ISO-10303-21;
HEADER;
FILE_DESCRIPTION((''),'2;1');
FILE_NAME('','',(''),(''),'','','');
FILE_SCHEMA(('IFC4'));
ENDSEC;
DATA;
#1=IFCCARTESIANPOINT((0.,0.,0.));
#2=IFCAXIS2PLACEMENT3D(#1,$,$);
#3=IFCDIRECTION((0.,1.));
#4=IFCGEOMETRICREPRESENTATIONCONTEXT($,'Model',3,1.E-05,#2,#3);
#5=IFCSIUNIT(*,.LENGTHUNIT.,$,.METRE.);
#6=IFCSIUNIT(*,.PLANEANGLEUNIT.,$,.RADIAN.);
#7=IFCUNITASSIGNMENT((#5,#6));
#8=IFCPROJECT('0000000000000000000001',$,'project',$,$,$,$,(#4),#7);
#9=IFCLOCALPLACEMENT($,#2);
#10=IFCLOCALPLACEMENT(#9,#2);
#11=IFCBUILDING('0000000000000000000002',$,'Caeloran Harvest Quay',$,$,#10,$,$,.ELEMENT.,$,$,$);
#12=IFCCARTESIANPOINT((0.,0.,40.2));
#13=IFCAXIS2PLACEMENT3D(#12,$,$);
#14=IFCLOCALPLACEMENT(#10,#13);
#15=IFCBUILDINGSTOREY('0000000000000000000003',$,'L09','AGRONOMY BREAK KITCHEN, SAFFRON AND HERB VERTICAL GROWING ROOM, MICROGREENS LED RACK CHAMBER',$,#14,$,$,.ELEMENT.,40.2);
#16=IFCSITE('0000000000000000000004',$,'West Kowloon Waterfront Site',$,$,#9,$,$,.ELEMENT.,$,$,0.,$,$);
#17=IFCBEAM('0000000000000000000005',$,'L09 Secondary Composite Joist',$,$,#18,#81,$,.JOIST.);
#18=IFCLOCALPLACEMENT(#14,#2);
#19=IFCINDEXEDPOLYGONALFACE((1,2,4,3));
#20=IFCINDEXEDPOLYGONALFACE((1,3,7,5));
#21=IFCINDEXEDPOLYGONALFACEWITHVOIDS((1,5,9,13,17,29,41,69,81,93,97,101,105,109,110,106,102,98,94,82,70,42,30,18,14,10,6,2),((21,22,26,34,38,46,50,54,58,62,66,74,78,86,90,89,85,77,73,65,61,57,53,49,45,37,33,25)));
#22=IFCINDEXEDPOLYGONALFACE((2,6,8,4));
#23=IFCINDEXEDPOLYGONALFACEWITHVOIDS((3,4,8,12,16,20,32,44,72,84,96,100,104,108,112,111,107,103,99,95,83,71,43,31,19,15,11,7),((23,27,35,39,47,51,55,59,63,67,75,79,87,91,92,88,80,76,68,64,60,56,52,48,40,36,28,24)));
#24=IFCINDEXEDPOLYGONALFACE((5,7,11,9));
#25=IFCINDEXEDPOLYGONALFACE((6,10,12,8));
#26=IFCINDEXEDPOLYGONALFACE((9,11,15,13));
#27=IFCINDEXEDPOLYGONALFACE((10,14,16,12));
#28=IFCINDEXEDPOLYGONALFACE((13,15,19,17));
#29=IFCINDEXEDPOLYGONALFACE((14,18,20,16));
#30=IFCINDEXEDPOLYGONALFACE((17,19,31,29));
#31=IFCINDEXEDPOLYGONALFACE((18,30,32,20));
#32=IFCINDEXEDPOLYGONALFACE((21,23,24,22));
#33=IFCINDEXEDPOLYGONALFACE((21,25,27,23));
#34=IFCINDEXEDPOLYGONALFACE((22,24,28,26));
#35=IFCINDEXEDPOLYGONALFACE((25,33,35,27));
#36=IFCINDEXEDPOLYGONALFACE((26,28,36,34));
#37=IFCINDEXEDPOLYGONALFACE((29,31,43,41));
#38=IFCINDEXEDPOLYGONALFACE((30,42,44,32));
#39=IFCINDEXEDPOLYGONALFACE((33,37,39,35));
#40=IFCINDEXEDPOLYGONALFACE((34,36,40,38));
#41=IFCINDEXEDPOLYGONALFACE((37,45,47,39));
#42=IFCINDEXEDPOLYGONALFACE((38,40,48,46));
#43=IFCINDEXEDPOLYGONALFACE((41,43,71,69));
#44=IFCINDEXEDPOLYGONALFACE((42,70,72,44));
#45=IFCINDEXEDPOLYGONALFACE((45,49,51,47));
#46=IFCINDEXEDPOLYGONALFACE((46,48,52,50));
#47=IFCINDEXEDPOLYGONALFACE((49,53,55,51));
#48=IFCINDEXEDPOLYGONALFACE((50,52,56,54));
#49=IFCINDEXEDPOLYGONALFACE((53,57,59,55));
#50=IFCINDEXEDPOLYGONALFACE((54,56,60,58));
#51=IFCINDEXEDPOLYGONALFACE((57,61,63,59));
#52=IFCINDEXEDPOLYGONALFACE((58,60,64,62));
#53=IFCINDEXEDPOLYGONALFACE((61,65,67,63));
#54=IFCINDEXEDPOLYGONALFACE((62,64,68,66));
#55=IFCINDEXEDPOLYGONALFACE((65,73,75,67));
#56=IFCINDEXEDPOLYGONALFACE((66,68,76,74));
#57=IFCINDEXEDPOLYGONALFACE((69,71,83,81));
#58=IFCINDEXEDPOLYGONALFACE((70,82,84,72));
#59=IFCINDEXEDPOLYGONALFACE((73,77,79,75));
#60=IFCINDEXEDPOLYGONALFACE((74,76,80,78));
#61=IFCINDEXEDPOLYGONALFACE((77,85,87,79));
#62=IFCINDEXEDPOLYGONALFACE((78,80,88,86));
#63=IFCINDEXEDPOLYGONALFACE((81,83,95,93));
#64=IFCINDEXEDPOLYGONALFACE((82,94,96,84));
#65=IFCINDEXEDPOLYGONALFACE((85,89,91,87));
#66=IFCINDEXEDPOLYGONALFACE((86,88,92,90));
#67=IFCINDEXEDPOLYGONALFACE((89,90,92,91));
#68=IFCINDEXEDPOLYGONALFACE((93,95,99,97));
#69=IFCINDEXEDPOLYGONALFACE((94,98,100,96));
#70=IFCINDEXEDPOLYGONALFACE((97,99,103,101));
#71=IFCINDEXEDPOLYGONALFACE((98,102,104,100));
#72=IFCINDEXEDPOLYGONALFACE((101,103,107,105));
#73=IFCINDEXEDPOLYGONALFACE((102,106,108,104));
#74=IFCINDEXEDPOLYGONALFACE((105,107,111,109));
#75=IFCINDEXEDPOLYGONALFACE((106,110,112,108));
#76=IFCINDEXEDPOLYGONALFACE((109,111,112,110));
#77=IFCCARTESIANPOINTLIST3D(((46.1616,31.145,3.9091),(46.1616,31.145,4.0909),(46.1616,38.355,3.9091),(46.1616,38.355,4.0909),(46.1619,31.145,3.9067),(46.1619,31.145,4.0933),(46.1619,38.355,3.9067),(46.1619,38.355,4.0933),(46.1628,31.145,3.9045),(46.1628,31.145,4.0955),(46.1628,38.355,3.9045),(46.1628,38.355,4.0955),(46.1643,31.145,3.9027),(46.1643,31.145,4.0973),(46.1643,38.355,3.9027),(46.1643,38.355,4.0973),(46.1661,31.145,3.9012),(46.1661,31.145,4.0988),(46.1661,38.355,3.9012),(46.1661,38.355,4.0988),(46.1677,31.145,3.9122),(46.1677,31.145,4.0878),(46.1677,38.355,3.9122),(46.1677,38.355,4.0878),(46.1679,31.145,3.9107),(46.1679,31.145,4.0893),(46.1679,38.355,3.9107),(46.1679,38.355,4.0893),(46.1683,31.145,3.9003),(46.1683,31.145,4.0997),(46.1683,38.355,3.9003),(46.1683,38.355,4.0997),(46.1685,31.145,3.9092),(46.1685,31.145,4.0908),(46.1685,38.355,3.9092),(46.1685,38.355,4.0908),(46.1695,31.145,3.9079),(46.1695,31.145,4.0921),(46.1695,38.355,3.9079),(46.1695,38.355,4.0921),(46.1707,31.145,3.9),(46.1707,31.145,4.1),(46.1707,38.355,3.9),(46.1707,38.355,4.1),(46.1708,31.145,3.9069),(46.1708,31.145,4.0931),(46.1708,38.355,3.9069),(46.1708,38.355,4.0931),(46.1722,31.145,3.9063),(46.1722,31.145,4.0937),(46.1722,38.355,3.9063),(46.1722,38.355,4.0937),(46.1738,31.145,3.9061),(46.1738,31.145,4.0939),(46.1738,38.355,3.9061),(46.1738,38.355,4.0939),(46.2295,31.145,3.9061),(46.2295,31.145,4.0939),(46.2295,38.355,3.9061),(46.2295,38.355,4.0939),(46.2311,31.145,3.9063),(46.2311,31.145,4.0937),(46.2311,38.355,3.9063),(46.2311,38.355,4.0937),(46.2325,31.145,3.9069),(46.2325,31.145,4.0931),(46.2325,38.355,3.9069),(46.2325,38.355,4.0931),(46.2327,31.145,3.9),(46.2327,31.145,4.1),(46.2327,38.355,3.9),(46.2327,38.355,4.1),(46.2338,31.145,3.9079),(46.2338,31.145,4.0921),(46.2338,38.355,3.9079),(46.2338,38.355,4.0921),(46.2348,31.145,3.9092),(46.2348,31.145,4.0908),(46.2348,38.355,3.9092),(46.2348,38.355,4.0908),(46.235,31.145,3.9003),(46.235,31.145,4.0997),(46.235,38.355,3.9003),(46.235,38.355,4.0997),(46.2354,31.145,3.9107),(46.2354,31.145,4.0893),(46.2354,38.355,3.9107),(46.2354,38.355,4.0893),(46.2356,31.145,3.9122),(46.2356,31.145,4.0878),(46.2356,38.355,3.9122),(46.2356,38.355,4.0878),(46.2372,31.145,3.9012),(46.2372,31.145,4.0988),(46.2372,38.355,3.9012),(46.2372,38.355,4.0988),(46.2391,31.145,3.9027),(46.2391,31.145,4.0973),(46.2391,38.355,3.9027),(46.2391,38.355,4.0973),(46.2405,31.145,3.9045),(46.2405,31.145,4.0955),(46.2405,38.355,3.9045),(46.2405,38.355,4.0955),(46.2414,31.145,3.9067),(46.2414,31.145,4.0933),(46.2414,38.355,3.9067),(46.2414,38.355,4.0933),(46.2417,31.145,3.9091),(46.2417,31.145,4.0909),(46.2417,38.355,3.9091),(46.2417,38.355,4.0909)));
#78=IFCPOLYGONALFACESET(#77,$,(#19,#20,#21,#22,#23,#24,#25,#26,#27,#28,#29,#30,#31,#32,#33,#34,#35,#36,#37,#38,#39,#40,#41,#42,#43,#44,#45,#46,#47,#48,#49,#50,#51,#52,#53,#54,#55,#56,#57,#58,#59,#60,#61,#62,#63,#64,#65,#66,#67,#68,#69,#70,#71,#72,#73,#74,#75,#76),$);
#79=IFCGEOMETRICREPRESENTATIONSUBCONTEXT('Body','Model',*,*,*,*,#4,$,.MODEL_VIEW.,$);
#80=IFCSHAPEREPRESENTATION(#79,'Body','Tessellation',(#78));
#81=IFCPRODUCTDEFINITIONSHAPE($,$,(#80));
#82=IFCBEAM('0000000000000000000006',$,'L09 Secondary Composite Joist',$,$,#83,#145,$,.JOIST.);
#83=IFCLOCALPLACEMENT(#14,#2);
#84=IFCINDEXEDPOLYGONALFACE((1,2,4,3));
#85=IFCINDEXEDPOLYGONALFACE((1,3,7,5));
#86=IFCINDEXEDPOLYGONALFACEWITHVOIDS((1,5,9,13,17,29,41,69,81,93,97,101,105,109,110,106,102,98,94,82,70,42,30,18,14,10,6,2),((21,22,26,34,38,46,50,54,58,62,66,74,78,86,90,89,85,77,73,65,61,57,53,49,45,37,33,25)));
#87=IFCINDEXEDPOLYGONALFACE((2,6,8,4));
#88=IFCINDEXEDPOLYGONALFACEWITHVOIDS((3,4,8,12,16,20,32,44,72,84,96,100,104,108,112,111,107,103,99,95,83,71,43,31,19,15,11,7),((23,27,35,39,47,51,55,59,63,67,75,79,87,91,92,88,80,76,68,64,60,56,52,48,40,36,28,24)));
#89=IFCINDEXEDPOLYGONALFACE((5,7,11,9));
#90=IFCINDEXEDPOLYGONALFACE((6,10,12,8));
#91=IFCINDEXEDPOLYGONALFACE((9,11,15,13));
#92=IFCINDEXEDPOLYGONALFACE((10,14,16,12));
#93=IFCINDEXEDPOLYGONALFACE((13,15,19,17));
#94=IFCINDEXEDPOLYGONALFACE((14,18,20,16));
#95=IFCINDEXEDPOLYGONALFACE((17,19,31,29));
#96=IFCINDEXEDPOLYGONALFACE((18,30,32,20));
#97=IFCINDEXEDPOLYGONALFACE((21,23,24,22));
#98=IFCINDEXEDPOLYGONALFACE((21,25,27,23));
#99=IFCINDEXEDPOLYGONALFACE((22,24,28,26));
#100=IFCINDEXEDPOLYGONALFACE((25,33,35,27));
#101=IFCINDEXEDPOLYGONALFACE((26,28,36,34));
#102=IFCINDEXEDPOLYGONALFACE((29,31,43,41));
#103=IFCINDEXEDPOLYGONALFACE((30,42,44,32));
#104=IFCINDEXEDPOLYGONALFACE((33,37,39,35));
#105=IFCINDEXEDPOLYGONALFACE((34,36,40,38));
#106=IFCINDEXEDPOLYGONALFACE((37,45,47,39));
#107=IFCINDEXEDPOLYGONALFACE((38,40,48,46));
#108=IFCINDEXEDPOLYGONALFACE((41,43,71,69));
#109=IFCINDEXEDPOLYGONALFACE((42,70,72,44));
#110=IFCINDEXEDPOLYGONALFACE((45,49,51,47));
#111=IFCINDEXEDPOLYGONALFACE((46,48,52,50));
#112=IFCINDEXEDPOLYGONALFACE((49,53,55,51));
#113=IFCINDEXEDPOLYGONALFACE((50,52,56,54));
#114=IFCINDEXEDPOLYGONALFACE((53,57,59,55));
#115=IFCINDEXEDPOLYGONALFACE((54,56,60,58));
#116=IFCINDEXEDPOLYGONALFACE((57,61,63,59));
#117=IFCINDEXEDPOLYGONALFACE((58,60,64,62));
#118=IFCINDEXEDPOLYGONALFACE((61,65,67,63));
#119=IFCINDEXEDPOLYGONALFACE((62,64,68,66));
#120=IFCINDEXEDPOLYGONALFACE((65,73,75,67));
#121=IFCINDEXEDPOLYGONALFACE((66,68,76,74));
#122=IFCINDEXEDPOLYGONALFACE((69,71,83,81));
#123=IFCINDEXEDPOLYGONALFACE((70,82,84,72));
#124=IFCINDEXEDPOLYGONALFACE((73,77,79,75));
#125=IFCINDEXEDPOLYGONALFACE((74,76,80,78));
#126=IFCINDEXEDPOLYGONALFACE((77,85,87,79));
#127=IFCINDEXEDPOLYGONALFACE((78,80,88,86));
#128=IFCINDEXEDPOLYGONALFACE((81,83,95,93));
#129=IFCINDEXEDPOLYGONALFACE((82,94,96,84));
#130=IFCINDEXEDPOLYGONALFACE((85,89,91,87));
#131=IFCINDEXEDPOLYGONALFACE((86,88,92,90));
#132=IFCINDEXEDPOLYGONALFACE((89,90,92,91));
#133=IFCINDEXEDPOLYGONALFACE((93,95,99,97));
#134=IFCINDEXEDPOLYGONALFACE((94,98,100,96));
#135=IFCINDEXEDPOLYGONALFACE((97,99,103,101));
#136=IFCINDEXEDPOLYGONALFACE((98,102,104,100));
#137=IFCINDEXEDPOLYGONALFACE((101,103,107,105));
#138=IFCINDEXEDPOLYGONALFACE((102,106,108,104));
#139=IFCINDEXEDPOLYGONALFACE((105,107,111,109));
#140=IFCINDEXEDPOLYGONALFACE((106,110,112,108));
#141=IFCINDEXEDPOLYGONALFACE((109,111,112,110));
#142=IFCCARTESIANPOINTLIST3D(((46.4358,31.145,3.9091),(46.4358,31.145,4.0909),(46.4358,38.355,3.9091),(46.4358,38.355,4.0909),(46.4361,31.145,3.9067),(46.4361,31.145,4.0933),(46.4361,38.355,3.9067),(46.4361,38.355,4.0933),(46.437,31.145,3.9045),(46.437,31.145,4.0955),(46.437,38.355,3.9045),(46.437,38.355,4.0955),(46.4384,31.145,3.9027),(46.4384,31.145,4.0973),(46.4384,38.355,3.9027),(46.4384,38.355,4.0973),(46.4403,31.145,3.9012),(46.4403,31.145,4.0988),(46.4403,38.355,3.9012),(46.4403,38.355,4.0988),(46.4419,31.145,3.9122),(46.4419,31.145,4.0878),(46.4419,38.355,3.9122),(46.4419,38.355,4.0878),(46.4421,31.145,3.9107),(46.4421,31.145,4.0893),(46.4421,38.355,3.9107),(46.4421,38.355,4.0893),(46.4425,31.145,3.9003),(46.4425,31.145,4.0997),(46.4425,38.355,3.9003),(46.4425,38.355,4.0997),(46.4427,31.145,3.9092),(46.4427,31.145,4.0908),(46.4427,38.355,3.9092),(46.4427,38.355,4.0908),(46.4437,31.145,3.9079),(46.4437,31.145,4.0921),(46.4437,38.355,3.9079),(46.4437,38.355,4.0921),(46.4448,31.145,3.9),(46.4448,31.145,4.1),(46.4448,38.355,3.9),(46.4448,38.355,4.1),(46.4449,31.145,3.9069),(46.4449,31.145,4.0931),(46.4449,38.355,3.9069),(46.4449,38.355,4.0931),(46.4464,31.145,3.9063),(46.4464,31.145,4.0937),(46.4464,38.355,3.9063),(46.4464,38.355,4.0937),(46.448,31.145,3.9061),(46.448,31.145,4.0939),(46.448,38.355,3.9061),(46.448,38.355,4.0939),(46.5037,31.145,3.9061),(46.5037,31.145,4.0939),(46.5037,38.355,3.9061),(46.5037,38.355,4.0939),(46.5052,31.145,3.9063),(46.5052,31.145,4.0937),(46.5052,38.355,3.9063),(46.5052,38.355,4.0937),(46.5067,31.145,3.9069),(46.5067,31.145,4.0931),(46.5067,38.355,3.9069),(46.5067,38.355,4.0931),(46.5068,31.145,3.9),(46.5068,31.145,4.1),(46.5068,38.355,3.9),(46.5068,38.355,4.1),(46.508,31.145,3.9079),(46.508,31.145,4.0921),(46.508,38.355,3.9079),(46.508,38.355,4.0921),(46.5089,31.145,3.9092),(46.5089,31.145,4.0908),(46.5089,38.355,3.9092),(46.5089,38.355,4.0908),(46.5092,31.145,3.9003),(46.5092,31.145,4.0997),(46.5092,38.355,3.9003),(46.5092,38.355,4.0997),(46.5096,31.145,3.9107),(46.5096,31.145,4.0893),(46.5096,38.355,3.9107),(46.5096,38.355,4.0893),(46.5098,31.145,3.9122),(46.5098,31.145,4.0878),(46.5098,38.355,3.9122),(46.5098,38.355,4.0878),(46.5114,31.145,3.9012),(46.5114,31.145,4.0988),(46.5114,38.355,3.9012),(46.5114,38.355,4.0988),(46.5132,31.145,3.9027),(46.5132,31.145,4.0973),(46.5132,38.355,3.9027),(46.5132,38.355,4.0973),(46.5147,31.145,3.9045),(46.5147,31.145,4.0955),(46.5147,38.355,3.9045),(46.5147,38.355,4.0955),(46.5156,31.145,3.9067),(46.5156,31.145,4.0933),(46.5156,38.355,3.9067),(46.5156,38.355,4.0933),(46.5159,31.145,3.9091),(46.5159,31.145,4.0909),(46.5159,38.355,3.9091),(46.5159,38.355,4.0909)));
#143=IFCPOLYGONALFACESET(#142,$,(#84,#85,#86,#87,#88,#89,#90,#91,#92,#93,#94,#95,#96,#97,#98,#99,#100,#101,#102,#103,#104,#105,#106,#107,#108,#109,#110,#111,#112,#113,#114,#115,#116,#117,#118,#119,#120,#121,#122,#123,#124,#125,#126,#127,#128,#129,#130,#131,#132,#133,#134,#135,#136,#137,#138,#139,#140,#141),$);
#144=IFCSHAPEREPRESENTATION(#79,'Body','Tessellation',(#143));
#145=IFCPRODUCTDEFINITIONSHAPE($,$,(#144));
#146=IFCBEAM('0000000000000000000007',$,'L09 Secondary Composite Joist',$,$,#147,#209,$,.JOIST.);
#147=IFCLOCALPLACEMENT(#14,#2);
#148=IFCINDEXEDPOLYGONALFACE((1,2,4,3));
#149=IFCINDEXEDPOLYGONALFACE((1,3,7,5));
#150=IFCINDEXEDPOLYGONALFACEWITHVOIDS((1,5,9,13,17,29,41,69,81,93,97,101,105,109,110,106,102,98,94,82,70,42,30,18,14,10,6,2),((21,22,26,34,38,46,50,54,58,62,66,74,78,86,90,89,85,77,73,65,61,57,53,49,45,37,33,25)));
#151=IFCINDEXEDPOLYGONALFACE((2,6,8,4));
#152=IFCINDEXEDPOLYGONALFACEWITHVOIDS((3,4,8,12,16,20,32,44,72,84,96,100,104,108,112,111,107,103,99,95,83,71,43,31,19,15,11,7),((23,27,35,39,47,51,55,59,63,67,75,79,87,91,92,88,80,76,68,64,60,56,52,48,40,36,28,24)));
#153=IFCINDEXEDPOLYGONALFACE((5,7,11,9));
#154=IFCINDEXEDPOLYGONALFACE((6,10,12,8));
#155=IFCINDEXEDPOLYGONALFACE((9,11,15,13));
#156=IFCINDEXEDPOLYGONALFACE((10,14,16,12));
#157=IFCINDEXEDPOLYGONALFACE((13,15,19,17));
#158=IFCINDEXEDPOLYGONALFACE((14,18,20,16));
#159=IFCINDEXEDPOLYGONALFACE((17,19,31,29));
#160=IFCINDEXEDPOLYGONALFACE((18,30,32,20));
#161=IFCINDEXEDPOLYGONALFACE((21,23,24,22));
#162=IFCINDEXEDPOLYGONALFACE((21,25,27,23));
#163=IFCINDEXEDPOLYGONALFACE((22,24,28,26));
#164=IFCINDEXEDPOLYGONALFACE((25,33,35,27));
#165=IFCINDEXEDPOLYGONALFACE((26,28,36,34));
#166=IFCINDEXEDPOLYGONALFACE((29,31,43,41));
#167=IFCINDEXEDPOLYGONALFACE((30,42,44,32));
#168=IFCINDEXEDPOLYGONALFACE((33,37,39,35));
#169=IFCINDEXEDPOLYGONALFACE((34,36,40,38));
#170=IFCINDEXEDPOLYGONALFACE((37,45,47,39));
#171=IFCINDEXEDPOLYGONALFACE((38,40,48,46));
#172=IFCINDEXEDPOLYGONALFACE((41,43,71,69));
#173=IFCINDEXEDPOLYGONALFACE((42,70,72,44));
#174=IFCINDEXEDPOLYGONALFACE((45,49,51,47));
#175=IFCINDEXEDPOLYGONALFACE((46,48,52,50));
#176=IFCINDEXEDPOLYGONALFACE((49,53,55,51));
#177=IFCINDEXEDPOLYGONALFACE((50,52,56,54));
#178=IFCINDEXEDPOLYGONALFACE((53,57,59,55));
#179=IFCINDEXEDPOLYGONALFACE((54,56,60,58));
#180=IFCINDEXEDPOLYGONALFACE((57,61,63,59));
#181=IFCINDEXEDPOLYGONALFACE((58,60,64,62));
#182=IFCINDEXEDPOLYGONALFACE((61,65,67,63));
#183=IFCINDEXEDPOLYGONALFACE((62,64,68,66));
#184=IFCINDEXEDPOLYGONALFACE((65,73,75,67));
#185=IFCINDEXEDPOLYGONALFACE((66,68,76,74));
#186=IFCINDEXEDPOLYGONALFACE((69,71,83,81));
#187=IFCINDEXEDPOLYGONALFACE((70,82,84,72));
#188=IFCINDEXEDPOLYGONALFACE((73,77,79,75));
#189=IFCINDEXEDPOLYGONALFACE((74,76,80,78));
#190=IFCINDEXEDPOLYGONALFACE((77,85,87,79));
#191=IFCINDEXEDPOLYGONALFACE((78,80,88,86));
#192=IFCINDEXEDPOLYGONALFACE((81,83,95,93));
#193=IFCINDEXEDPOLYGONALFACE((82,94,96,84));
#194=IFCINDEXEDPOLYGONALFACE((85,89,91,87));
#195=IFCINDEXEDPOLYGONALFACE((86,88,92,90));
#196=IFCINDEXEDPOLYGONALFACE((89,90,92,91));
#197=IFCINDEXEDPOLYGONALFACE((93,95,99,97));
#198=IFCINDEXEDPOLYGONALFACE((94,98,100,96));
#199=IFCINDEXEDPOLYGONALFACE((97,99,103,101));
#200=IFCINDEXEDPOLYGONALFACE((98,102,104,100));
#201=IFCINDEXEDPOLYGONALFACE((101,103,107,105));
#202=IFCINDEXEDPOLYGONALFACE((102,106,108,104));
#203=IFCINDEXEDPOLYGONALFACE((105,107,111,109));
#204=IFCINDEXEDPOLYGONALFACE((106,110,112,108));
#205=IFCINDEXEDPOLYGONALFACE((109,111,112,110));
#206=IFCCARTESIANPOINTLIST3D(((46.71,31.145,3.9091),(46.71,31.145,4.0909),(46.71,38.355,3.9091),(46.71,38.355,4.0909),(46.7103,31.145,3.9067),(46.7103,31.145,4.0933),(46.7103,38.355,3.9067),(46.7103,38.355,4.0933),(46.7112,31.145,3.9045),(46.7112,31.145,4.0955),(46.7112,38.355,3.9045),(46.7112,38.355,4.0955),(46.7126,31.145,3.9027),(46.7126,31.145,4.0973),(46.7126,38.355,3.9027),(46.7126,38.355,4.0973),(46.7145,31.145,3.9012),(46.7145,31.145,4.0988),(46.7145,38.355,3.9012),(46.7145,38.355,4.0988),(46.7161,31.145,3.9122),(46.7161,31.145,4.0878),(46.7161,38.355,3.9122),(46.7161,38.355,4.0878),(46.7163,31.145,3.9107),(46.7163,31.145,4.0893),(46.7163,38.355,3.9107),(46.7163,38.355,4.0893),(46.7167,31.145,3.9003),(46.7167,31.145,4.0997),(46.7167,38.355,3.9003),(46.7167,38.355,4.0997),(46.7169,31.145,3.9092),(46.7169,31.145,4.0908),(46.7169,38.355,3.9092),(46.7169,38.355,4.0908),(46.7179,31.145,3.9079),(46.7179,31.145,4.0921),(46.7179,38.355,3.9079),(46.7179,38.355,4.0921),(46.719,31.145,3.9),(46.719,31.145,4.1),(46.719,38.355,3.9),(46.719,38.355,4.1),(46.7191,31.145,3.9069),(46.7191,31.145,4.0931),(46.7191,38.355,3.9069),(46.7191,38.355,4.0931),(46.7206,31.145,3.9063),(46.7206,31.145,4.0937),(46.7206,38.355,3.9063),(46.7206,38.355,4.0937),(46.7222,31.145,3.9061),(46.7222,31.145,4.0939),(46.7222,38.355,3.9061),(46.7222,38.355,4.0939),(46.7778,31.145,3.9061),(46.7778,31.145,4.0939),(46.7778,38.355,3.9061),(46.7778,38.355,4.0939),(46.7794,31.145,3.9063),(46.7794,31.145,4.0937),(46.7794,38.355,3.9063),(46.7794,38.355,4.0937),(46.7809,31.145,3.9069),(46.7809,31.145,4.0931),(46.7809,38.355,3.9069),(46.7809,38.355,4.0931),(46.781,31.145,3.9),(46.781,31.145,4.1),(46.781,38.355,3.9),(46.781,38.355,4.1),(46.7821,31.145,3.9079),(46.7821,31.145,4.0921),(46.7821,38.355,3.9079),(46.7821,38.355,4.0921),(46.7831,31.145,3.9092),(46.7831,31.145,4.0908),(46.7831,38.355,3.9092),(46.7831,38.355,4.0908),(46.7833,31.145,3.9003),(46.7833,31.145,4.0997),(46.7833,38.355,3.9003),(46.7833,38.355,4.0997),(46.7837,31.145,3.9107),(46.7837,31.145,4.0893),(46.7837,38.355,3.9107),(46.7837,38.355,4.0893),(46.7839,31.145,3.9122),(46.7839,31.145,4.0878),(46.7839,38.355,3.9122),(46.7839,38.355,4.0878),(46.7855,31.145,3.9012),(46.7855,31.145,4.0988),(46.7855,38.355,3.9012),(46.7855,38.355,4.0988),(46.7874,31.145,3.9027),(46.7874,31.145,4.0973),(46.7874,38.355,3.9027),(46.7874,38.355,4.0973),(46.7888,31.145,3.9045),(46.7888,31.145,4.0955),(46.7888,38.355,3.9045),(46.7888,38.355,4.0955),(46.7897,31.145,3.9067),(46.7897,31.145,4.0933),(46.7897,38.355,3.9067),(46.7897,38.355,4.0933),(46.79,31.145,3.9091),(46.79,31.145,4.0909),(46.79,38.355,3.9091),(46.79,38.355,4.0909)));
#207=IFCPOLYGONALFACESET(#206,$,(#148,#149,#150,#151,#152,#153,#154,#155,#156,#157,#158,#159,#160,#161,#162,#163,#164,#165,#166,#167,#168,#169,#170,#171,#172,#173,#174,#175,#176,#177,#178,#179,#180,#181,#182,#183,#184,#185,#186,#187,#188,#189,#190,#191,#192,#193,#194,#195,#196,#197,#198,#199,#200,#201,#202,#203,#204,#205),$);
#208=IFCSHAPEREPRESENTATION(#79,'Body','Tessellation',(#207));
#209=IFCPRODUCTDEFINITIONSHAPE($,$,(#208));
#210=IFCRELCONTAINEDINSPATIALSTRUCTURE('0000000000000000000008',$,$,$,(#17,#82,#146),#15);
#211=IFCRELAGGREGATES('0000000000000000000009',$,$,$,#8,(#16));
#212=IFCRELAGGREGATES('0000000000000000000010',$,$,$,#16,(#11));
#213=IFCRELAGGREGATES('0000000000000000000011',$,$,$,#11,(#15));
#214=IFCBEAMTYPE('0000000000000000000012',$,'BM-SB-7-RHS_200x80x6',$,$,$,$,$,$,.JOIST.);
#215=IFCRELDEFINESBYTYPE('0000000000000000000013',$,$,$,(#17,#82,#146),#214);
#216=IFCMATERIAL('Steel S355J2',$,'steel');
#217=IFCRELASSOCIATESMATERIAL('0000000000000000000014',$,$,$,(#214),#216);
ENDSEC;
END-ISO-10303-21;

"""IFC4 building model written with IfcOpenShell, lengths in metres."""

from ifc_helpers import new_model, si_unit, direction, frame, origin, origin_2d, place, context, subcontext, project, spatial, hollow_rectangle, extrude, material, material_profile, profile_set, type_object, element, save


model = new_model("IFC4")

# Units and contexts
model_context = context("Model", 3, precision=1e-05, world=origin(), true_north=direction((0.0, 1.0)))
body_context = subcontext(model_context, "Body", "Model", "MODEL_VIEW")
ifc_project = project(units=[si_unit("LENGTHUNIT", "METRE"), si_unit("PLANEANGLEUNIT", "RADIAN")], contexts=[model_context])

# Site, building, storey
site_placement = place(None, origin())
site = spatial("IfcSite", under=ifc_project, at=site_placement, Name="West Kowloon Waterfront Site", CompositionType="ELEMENT", RefElevation=0.0)
building_placement = place(site_placement, origin())
building = spatial("IfcBuilding", under=site, at=building_placement, Name="Caeloran Harvest Quay", CompositionType="ELEMENT")
storey_placement = place(building_placement, frame((0.0, 0.0, 40.2)))
storey = spatial("IfcBuildingStorey", under=building, at=storey_placement, Name="L09", Description="AGRONOMY BREAK KITCHEN, SAFFRON AND HERB VERTICAL GROWING ROOM, MICROGREENS LED RACK CHAMBER", CompositionType="ELEMENT", Elevation=40.2)

# Beams
ifc_material_1 = material(Name="Steel S355J2", Category="steel")
ifc_material_profile_1 = material_profile(ifc_material_1, hollow_rectangle(XDim=0.0801, YDim=0.2, WallThickness=0.0061, InnerFilletRadius=0.0061, OuterFilletRadius=0.009, at=origin_2d()), Name="RHS 200x80x6")
ifc_profile_set_1 = profile_set([ifc_material_profile_1], Name="Steel S355J2")
beam_type_1 = type_object("IfcBeamType", Name="BM-SB-7-RHS_200x80x6", PredefinedType="JOIST", material=ifc_profile_set_1)
for number, where, z_axis, x_axis, name in (
    (1, (46.2017, 31.145, 4.0), (0.0, 1.0, 0.0), (-1.0, 0.0, 0.0), "L09 Secondary Composite Joist"),
    (2, (46.4758, 31.145, 4.0), (0.0, 1.0, 0.0), (-1.0, 0.0, 0.0), "L09 Secondary Composite Joist"),
    (3, (46.75, 31.145, 4.0), (0.0, 1.0, 0.0), (-1.0, 0.0, 0.0), "L09 Secondary Composite Joist"),
):
    element("IfcBeam", number, at=place(storey_placement, frame(where, z_axis=z_axis, x_axis=x_axis)), inside=storey, type_object=beam_type_1, Name=name, PredefinedType="JOIST", context=body_context, shape_type="SweptSolid", body=[
        extrude(hollow_rectangle(XDim=0.0801, YDim=0.2, WallThickness=0.0061, InnerFilletRadius=0.0061, OuterFilletRadius=0.009, at=origin_2d()), origin(), (0.0, 0.0, 1.0), 7.21),
    ])

save(model, "model.ifc")
